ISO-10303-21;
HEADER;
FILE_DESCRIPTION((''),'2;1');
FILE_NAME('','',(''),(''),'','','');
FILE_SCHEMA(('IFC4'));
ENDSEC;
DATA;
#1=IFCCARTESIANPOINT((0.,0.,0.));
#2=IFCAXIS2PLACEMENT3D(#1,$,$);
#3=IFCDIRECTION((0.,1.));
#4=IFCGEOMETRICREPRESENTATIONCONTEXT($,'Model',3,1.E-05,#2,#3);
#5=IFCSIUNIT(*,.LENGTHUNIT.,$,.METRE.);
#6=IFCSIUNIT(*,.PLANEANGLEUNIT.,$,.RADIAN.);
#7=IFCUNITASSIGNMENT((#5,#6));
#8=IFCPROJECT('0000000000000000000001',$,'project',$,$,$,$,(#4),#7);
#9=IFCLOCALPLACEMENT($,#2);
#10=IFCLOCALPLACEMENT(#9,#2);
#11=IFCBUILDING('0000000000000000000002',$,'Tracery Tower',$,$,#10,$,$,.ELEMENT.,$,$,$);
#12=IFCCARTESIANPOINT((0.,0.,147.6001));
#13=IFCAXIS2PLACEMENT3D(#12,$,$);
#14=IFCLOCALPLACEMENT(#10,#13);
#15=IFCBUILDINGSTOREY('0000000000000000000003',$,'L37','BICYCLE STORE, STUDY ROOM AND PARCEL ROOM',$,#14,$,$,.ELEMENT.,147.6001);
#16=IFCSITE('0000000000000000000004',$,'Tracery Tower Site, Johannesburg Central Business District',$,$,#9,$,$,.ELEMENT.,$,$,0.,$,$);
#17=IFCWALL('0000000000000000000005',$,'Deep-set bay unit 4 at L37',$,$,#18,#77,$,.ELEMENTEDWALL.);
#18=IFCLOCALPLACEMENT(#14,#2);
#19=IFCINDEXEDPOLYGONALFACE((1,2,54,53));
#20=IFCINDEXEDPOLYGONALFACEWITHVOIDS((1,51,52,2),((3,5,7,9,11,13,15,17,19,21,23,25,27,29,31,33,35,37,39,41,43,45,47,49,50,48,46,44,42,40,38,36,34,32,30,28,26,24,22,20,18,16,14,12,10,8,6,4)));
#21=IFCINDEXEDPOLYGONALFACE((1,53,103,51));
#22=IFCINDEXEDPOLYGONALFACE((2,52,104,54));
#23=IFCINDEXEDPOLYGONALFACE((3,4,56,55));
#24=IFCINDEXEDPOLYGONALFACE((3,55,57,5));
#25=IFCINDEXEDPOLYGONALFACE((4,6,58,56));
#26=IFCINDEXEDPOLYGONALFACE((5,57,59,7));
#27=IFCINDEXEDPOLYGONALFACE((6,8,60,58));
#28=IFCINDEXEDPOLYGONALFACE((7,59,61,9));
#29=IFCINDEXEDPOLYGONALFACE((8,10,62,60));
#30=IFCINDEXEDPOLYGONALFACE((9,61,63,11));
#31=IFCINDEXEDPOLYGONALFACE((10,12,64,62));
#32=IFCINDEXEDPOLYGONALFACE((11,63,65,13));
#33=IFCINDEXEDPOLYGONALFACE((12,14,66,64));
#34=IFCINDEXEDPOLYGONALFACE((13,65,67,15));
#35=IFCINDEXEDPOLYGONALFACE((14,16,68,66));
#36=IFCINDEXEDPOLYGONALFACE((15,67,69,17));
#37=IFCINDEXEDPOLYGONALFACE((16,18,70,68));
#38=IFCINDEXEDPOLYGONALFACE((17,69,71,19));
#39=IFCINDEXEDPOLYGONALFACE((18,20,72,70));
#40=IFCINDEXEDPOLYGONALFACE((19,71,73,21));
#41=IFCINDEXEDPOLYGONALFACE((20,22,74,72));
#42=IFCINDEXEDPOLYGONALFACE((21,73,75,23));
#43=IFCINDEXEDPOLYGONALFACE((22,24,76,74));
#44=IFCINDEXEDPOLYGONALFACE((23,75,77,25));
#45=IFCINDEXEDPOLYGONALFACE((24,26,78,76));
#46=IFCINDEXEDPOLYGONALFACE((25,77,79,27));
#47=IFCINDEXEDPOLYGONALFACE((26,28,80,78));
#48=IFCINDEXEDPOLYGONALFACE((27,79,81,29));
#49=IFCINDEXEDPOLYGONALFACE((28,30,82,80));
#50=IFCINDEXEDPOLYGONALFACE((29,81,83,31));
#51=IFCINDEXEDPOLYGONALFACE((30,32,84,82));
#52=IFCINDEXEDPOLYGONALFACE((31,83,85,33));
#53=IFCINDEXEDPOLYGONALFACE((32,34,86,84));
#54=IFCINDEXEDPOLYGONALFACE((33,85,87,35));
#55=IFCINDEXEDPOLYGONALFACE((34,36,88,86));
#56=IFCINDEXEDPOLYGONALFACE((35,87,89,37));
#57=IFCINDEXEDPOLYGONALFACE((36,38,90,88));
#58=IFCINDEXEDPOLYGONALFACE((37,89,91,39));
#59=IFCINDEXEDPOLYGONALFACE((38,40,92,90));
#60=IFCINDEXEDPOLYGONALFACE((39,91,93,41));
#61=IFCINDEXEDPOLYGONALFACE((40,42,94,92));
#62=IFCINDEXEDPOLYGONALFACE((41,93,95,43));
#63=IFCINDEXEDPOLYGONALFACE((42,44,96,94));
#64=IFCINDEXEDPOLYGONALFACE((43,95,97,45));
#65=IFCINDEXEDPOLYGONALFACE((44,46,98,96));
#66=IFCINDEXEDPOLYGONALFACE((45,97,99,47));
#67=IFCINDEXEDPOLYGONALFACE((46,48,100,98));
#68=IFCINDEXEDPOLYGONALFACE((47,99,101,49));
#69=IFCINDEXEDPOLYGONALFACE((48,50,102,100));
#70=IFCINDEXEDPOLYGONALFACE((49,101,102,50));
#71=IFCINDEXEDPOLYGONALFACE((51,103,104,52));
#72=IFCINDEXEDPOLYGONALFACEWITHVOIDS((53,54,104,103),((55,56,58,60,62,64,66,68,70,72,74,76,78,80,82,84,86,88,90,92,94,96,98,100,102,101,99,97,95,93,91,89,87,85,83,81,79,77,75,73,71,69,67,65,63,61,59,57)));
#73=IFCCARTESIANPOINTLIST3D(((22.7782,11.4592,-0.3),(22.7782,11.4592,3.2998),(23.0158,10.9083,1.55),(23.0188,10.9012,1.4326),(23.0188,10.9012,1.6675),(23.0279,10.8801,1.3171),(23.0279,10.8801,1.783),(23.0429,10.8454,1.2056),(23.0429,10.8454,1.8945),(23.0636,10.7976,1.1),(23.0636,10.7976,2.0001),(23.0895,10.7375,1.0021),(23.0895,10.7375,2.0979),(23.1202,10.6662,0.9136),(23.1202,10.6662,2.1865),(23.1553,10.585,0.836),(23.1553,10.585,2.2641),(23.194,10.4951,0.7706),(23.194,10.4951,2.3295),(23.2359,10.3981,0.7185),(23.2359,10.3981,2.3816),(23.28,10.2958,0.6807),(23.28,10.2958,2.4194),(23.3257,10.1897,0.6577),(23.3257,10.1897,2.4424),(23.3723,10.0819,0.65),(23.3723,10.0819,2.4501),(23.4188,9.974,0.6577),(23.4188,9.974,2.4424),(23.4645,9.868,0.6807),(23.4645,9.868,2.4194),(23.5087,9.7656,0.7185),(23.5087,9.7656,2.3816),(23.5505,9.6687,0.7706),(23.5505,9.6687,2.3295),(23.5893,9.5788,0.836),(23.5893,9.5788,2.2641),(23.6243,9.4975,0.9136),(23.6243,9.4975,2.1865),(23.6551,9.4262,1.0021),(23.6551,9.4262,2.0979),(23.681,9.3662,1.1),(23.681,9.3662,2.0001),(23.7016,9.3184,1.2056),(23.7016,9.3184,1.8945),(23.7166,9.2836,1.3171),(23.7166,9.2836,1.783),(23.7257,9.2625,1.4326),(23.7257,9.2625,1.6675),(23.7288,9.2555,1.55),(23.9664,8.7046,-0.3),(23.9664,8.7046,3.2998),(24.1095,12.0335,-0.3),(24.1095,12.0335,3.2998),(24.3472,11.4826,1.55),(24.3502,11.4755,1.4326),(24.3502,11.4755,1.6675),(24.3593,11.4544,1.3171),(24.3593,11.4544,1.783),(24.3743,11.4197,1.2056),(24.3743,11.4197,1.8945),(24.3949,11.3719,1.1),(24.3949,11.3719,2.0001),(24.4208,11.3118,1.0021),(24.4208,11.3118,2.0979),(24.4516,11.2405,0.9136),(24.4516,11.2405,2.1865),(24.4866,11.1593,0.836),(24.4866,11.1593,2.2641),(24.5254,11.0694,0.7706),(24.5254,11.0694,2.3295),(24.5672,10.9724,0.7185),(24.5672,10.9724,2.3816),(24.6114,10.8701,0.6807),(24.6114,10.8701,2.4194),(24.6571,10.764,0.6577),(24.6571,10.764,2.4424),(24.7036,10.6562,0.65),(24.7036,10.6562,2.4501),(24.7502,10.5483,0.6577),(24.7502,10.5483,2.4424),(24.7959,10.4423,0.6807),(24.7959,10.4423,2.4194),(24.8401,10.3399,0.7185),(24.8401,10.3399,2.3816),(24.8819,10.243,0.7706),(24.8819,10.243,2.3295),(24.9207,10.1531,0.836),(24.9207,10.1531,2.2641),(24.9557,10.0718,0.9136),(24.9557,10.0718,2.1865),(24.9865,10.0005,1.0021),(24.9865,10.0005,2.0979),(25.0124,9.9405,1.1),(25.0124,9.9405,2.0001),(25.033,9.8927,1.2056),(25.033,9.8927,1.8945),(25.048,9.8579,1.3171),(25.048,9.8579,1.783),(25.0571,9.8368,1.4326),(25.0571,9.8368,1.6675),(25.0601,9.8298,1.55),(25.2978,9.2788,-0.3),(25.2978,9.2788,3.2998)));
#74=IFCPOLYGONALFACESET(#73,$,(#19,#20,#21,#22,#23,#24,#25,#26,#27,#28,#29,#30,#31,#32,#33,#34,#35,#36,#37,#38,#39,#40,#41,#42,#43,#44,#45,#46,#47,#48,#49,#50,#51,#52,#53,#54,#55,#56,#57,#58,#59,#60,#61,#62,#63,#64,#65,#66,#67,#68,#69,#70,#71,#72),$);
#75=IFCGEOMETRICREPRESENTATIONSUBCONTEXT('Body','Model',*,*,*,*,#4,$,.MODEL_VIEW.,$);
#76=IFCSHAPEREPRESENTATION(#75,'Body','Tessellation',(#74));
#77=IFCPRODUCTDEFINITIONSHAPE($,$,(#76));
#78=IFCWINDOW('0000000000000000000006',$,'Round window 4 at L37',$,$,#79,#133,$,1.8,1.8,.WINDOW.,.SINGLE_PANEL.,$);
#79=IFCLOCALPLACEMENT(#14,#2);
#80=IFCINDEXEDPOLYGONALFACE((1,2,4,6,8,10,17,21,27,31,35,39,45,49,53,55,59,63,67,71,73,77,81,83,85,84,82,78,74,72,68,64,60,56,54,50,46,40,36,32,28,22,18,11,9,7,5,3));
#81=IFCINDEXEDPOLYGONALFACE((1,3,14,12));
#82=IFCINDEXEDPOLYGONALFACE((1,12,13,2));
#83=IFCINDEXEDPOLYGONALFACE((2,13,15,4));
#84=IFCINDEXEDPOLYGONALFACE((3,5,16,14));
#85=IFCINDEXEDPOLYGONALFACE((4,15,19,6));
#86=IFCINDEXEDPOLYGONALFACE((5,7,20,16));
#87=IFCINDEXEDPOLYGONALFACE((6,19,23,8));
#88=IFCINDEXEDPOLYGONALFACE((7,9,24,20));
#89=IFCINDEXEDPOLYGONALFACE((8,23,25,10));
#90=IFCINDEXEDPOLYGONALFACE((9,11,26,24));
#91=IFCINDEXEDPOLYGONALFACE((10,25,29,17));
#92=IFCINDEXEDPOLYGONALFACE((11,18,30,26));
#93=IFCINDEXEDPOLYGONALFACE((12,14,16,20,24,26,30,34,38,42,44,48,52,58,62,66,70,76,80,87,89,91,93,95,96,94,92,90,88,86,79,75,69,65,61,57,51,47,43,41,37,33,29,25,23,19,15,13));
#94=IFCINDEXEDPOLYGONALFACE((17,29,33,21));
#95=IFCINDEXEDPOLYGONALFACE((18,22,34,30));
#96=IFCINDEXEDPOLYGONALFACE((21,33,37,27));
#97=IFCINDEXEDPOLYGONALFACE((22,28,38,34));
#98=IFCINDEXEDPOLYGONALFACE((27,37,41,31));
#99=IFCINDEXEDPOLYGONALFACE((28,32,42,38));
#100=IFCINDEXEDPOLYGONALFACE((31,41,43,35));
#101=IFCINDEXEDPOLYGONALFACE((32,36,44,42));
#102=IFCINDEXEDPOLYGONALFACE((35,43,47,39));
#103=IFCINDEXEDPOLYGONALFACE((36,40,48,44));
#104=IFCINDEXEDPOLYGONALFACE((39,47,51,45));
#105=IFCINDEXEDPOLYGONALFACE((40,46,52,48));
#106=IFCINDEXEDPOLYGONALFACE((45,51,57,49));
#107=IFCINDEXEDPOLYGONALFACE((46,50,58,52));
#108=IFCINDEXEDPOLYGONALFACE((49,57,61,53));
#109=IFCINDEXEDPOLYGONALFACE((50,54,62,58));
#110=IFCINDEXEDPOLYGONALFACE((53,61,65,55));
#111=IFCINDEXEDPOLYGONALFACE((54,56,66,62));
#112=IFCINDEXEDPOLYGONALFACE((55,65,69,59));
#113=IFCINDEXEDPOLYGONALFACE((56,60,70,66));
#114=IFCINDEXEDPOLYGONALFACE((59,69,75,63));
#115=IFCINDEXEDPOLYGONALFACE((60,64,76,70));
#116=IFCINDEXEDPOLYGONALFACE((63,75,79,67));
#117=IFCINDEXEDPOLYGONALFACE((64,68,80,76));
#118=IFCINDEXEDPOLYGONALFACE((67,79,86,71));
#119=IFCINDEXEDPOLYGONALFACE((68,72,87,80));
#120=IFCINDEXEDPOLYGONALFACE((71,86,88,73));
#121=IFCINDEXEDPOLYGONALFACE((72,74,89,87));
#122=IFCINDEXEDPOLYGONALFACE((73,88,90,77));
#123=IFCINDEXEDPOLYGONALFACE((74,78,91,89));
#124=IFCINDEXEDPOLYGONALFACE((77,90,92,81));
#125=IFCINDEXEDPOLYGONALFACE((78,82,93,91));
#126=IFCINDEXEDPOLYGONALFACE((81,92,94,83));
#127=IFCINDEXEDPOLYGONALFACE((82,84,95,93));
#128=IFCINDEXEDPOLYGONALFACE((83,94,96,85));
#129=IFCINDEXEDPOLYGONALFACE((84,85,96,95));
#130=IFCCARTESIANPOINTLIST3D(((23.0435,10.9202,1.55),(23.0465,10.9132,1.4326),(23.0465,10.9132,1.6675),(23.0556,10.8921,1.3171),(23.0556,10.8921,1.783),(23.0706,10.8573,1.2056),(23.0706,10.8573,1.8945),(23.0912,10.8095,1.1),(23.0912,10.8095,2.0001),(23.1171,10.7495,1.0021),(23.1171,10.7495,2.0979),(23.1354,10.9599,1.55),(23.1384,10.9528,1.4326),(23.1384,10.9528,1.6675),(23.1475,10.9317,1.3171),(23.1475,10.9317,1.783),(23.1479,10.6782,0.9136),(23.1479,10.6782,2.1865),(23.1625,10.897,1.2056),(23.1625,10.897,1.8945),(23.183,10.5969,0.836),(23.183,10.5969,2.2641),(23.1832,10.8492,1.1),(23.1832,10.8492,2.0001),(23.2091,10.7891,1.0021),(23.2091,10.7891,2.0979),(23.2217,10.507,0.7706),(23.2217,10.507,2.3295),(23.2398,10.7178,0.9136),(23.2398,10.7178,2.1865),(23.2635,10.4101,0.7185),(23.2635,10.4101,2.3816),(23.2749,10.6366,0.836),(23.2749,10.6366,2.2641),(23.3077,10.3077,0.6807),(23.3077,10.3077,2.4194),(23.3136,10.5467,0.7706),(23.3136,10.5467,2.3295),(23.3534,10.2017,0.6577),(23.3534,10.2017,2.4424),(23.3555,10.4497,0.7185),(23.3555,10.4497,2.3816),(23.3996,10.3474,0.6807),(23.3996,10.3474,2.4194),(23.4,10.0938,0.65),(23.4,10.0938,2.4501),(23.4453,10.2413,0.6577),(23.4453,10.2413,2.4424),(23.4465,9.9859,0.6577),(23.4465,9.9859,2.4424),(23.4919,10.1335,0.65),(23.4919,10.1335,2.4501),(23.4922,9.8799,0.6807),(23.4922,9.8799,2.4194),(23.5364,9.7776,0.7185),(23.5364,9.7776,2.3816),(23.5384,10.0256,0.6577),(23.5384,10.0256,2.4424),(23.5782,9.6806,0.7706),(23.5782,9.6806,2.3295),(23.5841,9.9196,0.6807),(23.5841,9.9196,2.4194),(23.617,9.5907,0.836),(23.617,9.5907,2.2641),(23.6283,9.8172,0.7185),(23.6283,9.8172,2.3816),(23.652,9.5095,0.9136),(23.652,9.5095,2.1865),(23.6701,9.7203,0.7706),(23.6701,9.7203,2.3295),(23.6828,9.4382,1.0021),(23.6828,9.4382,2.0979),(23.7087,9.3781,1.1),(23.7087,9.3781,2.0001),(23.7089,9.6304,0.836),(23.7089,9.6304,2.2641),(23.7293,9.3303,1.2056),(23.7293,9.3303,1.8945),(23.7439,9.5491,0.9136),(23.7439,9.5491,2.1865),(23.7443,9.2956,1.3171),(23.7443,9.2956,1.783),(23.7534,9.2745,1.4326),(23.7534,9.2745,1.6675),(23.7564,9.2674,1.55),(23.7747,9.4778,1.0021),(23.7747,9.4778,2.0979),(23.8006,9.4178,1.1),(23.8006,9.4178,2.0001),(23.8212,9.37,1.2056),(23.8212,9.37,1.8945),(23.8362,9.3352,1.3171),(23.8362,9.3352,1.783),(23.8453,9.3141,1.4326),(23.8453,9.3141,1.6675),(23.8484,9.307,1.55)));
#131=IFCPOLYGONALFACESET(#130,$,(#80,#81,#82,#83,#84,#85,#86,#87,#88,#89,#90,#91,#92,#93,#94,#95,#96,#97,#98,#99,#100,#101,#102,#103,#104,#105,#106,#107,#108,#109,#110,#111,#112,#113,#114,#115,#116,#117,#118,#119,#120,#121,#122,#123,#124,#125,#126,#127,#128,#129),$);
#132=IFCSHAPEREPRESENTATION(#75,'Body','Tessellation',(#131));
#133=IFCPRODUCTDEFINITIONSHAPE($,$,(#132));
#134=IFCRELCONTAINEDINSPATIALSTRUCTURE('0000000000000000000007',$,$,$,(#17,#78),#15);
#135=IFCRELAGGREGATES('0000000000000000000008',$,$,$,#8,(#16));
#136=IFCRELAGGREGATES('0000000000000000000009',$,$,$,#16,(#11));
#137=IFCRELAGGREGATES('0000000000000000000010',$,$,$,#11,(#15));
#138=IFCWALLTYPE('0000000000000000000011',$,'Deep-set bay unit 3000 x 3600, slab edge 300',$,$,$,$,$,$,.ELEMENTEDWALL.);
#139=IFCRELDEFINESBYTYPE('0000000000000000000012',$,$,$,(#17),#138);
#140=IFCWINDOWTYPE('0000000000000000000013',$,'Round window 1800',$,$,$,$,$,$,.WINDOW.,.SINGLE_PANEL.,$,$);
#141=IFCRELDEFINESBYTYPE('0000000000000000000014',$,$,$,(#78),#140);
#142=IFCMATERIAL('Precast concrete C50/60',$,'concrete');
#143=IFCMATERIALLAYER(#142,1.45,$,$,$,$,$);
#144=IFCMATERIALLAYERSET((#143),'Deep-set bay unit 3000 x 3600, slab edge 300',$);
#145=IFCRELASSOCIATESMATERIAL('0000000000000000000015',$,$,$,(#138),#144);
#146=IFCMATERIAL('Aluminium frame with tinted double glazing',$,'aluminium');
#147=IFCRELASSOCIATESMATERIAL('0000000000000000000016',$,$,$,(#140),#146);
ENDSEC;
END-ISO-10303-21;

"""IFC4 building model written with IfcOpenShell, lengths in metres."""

from ifc_helpers import new_model, si_unit, direction, frame, frame_2d, origin, origin_2d, place, context, subcontext, project, spatial, rectangle, circle, extrude, material, layer, layer_set, type_object, element, fill, save


model = new_model("IFC4")

# Units and contexts
model_context = context("Model", 3, precision=1e-05, world=origin(), true_north=direction((0.0, 1.0)))
body_context = subcontext(model_context, "Body", "Model", "MODEL_VIEW")
ifc_project = project(units=[si_unit("LENGTHUNIT", "METRE"), si_unit("PLANEANGLEUNIT", "RADIAN")], contexts=[model_context])

# Site, building, storey
site_placement = place(None, origin())
site = spatial("IfcSite", under=ifc_project, at=site_placement, Name="Tracery Tower Site, Johannesburg Central Business District", CompositionType="ELEMENT", RefElevation=0.0)
building_placement = place(site_placement, origin())
building = spatial("IfcBuilding", under=site, at=building_placement, Name="Tracery Tower", CompositionType="ELEMENT")
storey_placement = place(building_placement, frame((0.0, 0.0, 147.6001)))
storey = spatial("IfcBuildingStorey", under=building, at=storey_placement, Name="L37", Description="BICYCLE STORE, STUDY ROOM AND PARCEL ROOM", CompositionType="ELEMENT", Elevation=147.6001)

# Wall, opening, window
ifc_material_1 = material(Name="Precast concrete C50/60", Category="concrete")
ifc_layer_1 = layer(ifc_material_1, 1.45)
ifc_layer_set_1 = layer_set([ifc_layer_1], Name="Deep-set bay unit 3000 x 3600, slab edge 300")
wall_type_1 = type_object("IfcWallType", Name="Deep-set bay unit 3000 x 3600, slab edge 300", PredefinedType="ELEMENTEDWALL", material=ifc_layer_set_1)
ifc_material_2 = material(Name="Aluminium frame with tinted double glazing", Category="aluminium")
window_type = type_object("IfcWindowType", Name="Round window 1800", PartitioningType="SINGLE_PANEL", PredefinedType="WINDOW", material=ifc_material_2)
wall_1_placement = place(storey_placement, frame((24.6321, 8.9917, -0.3), z_axis=(0.0, 0.0, 1.0), x_axis=(-0.396079, 0.918216, 0.0)))
wall_1 = element("IfcWall", 1, at=wall_1_placement, inside=storey, type_object=wall_type_1, Name="Deep-set bay unit 4 at L37", PredefinedType="ELEMENTEDWALL", context=body_context, shape_type="SweptSolid", body=[
    extrude(rectangle(XDim=3.0, YDim=1.45, at=frame_2d((1.5, 0.0))), origin(), (0.0, 0.0, 1.0), 3.5999),
])
opening_1_placement = place(wall_1_placement, frame((1.5, 0.0, 1.8501)))
opening_1 = element("IfcOpeningElement", 2, at=opening_1_placement, cuts=wall_1, PredefinedType="OPENING", context=body_context, shape_type="SweptSolid", body=[
    extrude(circle(Radius=0.9, at=origin_2d()), frame((0.0, 0.7349, 0.0), z_axis=(0.0, -1.0, 0.0), x_axis=(1.0, 0.0, 0.0)), (0.0, 0.0, 1.0), 1.47),
])
window_1_placement = place(opening_1_placement, origin())
window_1 = element("IfcWindow", 3, at=window_1_placement, inside=storey, type_object=window_type, Name="Round window 4 at L37", OverallHeight=1.8, OverallWidth=1.8, PartitioningType="SINGLE_PANEL", PredefinedType="WINDOW", context=body_context, shape_type="SweptSolid", body=[
    extrude(circle(Radius=0.9, at=origin_2d()), frame((0.0, 0.6948, 0.0), z_axis=(0.0, -1.0, 0.0), x_axis=(1.0, 0.0, 0.0)), (0.0, 0.0, 1.0), 0.1001),
])
fill(opening_1, window_1)

save(model, "model.ifc")
